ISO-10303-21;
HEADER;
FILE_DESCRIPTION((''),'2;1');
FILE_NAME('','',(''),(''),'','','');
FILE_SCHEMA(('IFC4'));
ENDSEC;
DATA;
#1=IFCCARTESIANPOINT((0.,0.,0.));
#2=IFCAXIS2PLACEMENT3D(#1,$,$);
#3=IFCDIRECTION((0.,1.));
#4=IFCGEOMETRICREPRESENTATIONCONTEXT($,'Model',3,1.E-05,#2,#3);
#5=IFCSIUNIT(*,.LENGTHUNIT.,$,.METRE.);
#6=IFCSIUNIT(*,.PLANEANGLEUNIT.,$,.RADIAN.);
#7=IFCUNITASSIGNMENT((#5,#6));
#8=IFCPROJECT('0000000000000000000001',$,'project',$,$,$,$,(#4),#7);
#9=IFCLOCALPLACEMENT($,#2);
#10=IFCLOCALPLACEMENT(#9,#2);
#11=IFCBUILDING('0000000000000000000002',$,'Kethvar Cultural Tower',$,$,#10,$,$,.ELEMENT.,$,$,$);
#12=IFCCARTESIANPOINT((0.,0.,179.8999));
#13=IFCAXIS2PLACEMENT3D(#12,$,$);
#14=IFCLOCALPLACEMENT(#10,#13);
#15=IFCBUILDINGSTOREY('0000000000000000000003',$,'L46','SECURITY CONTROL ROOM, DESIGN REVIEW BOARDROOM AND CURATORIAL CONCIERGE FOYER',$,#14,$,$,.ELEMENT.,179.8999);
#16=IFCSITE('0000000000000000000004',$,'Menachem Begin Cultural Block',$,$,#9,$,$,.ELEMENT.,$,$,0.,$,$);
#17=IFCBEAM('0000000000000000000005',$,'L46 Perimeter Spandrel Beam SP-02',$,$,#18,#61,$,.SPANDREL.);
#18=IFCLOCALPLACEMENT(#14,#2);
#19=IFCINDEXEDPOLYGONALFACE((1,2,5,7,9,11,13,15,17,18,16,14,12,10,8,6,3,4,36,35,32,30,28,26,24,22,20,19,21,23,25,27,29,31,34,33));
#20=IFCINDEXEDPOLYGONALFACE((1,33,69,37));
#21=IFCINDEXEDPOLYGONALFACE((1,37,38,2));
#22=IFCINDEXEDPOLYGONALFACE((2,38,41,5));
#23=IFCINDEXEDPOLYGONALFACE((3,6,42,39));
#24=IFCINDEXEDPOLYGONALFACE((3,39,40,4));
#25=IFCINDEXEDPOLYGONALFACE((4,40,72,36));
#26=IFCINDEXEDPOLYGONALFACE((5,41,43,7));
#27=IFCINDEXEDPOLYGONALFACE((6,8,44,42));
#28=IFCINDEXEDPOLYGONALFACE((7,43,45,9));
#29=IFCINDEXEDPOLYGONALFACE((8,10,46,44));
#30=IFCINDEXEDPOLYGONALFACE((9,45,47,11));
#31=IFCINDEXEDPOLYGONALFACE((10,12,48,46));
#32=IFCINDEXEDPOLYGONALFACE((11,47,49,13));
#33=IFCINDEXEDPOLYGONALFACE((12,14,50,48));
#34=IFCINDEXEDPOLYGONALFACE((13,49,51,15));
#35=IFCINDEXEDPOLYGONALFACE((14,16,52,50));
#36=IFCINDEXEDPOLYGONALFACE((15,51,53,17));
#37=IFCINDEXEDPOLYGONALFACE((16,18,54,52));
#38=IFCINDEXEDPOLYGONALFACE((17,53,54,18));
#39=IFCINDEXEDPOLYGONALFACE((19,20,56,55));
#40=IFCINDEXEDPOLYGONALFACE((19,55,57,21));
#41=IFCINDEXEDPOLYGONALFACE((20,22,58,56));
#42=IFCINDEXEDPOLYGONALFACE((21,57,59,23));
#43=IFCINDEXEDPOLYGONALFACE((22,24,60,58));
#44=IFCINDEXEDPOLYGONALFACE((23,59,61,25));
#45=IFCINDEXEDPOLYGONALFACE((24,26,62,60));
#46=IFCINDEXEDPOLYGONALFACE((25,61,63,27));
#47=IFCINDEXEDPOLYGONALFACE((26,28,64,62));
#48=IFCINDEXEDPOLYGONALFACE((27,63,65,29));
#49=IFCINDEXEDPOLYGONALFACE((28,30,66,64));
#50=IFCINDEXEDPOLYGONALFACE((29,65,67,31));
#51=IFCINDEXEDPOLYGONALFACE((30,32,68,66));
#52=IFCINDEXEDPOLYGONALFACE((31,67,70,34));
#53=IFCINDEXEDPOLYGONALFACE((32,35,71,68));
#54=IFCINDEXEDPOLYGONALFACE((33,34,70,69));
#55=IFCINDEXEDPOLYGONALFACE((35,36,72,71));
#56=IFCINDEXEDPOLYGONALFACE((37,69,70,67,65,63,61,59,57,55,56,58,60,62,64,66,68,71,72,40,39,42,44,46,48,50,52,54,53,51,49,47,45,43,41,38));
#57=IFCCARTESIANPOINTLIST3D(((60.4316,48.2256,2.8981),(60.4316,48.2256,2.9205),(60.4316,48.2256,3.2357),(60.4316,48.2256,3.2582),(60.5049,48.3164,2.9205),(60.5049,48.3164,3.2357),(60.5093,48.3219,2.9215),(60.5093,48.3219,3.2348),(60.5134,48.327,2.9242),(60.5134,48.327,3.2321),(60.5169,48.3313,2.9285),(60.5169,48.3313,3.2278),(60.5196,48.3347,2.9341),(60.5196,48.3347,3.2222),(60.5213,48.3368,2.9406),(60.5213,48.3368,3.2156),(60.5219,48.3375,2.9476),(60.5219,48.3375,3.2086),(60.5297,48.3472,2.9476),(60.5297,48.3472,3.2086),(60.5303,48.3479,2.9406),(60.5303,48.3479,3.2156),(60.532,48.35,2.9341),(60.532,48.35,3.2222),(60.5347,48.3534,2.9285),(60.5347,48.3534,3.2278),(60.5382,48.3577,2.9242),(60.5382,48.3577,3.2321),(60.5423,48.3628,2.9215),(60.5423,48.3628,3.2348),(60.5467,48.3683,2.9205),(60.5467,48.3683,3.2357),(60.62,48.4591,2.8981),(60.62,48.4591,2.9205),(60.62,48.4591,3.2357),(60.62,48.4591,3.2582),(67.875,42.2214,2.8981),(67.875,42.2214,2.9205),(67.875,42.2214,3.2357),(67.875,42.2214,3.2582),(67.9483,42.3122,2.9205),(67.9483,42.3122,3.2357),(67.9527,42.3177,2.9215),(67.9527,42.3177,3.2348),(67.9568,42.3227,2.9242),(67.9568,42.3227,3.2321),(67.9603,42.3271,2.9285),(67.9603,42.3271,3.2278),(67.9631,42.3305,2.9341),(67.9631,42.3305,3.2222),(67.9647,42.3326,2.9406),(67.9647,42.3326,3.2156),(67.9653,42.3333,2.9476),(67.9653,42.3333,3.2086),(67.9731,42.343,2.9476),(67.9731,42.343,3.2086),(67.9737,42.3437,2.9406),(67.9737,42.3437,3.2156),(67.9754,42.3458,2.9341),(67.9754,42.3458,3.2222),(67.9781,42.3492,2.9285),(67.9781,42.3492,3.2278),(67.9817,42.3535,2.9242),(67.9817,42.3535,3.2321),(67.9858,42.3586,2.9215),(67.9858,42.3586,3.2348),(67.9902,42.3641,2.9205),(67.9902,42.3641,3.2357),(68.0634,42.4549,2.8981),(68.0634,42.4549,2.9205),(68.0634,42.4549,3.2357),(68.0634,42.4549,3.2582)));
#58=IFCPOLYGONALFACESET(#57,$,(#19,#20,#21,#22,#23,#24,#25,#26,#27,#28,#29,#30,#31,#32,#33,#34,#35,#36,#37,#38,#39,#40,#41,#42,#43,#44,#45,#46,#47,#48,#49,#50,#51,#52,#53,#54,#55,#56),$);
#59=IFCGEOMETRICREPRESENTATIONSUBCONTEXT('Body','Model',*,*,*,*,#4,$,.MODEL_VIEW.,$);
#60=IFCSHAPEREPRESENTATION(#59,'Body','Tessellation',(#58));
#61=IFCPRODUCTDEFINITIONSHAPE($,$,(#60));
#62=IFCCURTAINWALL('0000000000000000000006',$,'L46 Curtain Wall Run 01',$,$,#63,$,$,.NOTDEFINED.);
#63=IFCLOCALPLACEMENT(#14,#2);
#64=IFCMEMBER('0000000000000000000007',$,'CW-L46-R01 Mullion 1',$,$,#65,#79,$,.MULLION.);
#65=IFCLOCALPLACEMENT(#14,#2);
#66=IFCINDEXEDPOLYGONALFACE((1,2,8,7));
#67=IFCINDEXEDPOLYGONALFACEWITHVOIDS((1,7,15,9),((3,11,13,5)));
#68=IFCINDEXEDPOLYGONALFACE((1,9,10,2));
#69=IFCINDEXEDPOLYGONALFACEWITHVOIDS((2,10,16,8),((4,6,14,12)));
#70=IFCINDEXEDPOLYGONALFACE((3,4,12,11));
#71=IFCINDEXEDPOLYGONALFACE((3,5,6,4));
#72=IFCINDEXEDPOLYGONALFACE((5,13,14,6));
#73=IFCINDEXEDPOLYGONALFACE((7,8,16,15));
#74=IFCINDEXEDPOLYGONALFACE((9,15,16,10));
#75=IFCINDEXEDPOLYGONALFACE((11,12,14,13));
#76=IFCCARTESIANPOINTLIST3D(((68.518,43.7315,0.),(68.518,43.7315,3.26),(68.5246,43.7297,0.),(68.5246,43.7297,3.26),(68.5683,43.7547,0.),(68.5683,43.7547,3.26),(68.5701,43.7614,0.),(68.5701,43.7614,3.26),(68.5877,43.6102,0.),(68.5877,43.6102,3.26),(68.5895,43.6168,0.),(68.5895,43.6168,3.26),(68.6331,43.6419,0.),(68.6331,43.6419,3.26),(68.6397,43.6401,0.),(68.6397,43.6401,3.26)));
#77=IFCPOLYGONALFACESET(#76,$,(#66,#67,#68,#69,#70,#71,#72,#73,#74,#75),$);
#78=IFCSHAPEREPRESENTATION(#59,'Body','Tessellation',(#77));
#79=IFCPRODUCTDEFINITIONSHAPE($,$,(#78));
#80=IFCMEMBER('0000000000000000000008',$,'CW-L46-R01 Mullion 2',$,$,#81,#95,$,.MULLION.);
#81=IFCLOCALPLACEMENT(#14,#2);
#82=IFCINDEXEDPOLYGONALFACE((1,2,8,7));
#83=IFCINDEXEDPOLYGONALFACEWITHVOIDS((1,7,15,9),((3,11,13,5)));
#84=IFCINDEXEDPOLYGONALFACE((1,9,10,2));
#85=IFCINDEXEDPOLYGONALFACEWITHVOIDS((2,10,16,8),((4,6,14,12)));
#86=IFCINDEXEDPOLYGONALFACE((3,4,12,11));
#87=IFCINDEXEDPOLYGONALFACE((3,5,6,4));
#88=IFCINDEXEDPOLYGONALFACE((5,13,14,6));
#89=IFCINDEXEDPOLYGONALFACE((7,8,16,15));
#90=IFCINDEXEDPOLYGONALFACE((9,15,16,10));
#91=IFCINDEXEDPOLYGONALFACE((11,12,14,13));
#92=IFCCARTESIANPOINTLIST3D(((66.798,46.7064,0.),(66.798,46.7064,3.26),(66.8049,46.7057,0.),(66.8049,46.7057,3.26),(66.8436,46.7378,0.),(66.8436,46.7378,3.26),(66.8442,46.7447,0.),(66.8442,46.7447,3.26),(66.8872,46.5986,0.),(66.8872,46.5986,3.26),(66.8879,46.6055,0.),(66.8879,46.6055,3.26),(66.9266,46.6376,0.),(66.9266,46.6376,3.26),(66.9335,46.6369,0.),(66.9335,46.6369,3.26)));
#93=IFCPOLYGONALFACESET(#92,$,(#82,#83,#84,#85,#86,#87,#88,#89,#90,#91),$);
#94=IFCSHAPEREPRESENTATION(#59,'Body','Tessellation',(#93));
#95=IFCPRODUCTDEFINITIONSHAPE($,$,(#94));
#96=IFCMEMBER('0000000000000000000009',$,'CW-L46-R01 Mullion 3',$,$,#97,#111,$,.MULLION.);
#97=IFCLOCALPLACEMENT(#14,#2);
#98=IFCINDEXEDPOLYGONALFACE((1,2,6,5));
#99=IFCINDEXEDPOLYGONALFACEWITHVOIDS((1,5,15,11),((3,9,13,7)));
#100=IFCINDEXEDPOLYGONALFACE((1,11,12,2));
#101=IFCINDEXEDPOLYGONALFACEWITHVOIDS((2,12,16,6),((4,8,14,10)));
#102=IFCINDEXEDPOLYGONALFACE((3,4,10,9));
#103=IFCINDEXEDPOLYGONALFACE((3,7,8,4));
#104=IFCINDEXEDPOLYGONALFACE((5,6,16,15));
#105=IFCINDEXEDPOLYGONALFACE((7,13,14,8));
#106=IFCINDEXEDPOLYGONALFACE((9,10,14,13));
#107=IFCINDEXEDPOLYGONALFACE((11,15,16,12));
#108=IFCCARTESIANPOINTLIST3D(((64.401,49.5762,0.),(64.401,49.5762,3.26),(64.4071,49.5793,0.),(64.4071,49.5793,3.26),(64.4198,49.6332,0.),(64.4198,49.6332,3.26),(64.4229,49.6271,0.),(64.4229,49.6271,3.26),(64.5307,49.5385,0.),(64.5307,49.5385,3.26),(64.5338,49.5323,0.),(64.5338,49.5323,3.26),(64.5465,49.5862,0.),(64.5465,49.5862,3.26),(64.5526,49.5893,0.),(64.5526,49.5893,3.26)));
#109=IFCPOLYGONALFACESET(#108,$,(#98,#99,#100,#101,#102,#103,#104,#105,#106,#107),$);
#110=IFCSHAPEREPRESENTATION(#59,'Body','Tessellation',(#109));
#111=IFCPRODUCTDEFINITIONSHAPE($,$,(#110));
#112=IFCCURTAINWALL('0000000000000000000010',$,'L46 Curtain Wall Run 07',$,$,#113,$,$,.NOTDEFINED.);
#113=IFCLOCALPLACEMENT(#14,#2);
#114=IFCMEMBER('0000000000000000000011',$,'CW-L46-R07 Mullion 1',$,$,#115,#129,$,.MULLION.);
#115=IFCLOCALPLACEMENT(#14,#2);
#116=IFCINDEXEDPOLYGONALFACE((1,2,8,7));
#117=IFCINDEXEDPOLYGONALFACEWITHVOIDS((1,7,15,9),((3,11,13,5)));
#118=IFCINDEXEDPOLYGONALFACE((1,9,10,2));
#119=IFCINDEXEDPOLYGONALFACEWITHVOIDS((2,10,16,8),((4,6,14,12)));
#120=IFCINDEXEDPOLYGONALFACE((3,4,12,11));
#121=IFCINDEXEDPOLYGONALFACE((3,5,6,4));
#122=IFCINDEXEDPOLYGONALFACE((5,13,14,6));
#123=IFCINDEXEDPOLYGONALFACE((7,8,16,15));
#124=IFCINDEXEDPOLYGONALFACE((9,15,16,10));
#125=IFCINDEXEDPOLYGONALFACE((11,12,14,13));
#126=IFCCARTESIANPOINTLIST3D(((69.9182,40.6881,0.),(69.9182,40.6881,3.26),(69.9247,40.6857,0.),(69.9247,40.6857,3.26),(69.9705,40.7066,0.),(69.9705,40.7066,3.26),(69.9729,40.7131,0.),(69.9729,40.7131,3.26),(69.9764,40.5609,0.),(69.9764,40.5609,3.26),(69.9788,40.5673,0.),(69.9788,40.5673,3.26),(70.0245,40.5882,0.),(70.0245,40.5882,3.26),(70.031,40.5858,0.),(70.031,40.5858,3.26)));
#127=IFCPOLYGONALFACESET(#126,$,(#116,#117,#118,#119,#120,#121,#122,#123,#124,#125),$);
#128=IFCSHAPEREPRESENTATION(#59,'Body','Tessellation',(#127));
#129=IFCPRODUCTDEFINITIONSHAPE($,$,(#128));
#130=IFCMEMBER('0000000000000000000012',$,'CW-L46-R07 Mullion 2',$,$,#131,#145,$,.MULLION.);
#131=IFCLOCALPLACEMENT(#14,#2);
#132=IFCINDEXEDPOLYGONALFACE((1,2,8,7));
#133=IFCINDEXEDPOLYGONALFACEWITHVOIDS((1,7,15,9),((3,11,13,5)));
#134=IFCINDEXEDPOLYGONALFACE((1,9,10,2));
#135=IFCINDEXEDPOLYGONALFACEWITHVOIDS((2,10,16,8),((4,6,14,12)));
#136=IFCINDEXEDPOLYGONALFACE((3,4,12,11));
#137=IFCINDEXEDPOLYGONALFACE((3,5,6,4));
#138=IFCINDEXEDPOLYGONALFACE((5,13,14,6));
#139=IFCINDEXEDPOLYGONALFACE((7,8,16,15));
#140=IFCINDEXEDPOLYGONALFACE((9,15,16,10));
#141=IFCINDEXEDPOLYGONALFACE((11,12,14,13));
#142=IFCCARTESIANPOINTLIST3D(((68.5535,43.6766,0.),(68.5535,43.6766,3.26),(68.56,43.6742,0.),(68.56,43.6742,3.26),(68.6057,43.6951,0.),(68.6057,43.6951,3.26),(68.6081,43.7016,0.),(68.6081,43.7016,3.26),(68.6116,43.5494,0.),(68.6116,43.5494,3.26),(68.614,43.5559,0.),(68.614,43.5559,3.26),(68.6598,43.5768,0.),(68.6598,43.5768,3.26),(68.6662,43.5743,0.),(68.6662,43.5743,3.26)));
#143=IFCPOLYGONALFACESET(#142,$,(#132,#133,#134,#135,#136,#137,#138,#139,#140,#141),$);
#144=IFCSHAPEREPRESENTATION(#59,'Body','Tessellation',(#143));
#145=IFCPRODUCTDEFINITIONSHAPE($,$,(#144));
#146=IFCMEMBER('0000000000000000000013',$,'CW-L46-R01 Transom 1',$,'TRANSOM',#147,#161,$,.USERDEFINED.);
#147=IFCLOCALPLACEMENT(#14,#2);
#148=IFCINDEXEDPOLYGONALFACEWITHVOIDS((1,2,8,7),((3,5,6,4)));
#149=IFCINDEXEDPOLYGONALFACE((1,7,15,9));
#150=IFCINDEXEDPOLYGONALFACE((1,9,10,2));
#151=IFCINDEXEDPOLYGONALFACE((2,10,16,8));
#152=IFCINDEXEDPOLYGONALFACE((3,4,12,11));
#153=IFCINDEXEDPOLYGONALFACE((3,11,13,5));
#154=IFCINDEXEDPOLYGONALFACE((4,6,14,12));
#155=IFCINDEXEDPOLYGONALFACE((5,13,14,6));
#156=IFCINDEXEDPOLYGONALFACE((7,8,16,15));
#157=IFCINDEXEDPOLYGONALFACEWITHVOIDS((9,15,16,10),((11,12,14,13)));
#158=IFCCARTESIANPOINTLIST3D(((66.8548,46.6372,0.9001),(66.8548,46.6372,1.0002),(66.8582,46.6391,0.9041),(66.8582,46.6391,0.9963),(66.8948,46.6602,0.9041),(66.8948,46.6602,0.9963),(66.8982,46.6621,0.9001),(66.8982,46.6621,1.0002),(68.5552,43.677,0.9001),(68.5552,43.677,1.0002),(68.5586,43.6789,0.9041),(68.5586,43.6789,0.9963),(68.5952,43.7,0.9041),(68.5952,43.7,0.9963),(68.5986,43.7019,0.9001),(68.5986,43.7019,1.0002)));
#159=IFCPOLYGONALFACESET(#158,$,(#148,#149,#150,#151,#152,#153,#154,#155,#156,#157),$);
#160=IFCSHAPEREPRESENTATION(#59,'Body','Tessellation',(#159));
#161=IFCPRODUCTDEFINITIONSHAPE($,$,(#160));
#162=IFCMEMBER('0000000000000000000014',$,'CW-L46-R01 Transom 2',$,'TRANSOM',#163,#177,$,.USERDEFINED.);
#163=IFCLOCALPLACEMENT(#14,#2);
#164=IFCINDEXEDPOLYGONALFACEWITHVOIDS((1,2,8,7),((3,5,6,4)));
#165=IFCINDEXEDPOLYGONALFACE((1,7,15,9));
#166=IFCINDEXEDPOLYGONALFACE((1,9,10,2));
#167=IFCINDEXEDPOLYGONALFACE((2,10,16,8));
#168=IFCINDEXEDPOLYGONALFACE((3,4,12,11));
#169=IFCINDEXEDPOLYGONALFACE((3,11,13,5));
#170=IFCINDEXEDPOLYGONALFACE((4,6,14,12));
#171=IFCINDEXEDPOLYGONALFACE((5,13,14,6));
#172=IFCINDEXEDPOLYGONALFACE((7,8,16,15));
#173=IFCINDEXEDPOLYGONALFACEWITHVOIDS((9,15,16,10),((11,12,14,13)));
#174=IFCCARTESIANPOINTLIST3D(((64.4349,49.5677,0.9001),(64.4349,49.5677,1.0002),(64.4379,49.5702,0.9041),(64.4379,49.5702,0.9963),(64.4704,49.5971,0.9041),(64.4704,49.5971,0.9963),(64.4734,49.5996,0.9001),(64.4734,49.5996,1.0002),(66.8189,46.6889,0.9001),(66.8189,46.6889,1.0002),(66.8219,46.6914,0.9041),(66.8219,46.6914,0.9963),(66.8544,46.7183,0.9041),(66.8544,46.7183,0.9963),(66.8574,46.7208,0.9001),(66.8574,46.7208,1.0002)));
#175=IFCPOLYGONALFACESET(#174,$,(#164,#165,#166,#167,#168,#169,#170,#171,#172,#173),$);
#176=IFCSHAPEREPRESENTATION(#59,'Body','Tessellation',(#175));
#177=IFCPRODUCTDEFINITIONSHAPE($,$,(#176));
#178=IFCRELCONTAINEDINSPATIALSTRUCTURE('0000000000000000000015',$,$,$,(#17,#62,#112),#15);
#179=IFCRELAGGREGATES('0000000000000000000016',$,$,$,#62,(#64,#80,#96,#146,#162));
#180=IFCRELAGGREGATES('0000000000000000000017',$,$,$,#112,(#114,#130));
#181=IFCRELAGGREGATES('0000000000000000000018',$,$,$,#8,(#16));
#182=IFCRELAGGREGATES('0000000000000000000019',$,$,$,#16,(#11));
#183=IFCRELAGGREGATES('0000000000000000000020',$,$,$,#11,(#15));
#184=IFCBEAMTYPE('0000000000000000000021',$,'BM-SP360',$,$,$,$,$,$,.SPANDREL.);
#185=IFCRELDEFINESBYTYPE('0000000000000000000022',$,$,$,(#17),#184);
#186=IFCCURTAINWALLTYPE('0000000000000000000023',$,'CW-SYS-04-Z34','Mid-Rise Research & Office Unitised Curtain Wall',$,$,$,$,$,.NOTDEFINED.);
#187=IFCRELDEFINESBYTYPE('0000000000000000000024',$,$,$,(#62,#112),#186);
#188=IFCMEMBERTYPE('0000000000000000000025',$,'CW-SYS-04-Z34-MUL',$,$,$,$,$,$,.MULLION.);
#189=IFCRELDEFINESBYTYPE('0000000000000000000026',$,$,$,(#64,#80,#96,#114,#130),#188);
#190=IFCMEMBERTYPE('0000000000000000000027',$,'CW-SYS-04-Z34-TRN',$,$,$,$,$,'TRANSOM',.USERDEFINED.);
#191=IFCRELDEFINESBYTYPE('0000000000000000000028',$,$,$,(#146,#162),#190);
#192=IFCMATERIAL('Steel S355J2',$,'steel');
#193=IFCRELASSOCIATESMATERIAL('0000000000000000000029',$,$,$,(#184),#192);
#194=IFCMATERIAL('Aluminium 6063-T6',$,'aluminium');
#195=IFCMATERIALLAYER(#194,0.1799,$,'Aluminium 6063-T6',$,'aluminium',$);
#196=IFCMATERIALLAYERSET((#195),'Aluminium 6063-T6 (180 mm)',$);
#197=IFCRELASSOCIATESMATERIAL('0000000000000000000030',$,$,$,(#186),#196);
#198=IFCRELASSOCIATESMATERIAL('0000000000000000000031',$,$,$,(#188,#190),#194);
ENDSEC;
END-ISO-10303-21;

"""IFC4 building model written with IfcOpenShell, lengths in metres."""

from ifc_helpers import new_model, si_unit, direction, frame, origin, origin_2d, place, context, subcontext, project, spatial, hollow_rectangle, i_section, extrude, source, transform, mapped, material, layer, layer_set, material_profile, profile_set, type_object, element, aggregate, save


model = new_model("IFC4")

# Units and contexts
model_context = context("Model", 3, precision=1e-05, world=origin(), true_north=direction((0.0, 1.0)))
body_context = subcontext(model_context, "Body", "Model", "MODEL_VIEW")
ifc_project = project(units=[si_unit("LENGTHUNIT", "METRE"), si_unit("PLANEANGLEUNIT", "RADIAN")], contexts=[model_context])

# Site, building, storey
site_placement = place(None, origin())
site = spatial("IfcSite", under=ifc_project, at=site_placement, Name="Menachem Begin Cultural Block", CompositionType="ELEMENT", RefElevation=0.0)
building_placement = place(site_placement, origin())
building = spatial("IfcBuilding", under=site, at=building_placement, Name="Kethvar Cultural Tower", CompositionType="ELEMENT")
storey_placement = place(building_placement, frame((0.0, 0.0, 179.8999)))
storey = spatial("IfcBuildingStorey", under=building, at=storey_placement, Name="L46", Description="SECURITY CONTROL ROOM, DESIGN REVIEW BOARDROOM AND CURATORIAL CONCIERGE FOYER", CompositionType="ELEMENT", Elevation=179.8999)

# Beam
ifc_material_1 = material(Name="Steel S355J2", Category="steel")
ifc_material_profile_1 = material_profile(ifc_material_1, i_section(OverallWidth=0.3, OverallDepth=0.3601, WebThickness=0.0125, FlangeThickness=0.0225, FilletRadius=0.0271, at=origin_2d()), Name="Steel S355J2 — HEB360")
ifc_profile_set_1 = profile_set([ifc_material_profile_1], Name="Steel S355J2 — HEB360")
beam_type = type_object("IfcBeamType", Name="BM-SP360", PredefinedType="SPANDREL", material=ifc_profile_set_1)
shared_shape_1 = source(origin(), body_context, "Body", "SweptSolid", [
    extrude(i_section(OverallWidth=0.3, OverallDepth=0.3601, WebThickness=0.0125, FlangeThickness=0.0225, FilletRadius=0.0271, at=origin_2d()), origin(), (0.0, 0.0, 1.0), 9.5632),
])
beam_placement = place(storey_placement, frame((67.9692, 42.3381, 3.0781), z_axis=(-0.778339, 0.627844, 0.0), x_axis=(-0.627844, -0.778339, 0.0)))
element("IfcBeam", 1, at=beam_placement, inside=storey, type_object=beam_type, Name="L46 Perimeter Spandrel Beam SP-02", PredefinedType="SPANDREL", context=body_context, shape_type="MappedRepresentation", body=[
    mapped(shared_shape_1, transform((0.0, 0.0, 0.0), scale=1.0)),
])

# Curtain walls, members
ifc_material_2 = material(Name="Aluminium 6063-T6", Category="aluminium")
ifc_layer_1 = layer(ifc_material_2, 0.1799, Name="Aluminium 6063-T6", Category="aluminium")
ifc_layer_set_1 = layer_set([ifc_layer_1], Name="Aluminium 6063-T6 (180 mm)")
curtain_wall_type = type_object("IfcCurtainWallType", Name="CW-SYS-04-Z34", Description="Mid-Rise Research & Office Unitised Curtain Wall", PredefinedType="NOTDEFINED", material=ifc_layer_set_1)
curtain_wall_1_placement = place(storey_placement, origin())
curtain_wall_1 = element("IfcCurtainWall", 2, at=curtain_wall_1_placement, inside=storey, type_object=curtain_wall_type, Name="L46 Curtain Wall Run 01", PredefinedType="NOTDEFINED")
ifc_material_profile_2 = material_profile(ifc_material_2, hollow_rectangle(XDim=0.0601, YDim=0.1399, WallThickness=0.0049, at=origin_2d()), Name="Aluminium 6063-T6 — RHS140x60x5")
ifc_profile_set_2 = profile_set([ifc_material_profile_2], Name="Aluminium 6063-T6 — RHS140x60x5")
member_type_1 = type_object("IfcMemberType", Name="CW-SYS-04-Z34-MUL", PredefinedType="MULLION", material=ifc_profile_set_2)
shared_shape_2 = source(origin(), body_context, "Body", "SweptSolid", [
    extrude(hollow_rectangle(XDim=0.0601, YDim=0.1399, WallThickness=0.0049, at=origin_2d()), origin(), (0.0, 0.0, 1.0), 3.26),
])
member_1_placement = place(storey_placement, frame((68.5789, 43.6858, 0.0), z_axis=(0.0, 0.0, 1.0), x_axis=(-0.86714, -0.498064, 0.0)))
member_1 = element("IfcMember", 3, at=member_1_placement, type_object=member_type_1, Name="CW-L46-R01 Mullion 1", PredefinedType="MULLION", context=body_context, shape_type="MappedRepresentation", body=[
    mapped(shared_shape_2, transform((0.0, 0.0, 0.0), scale=1.0)),
])
member_2_placement = place(storey_placement, frame((66.8657, 46.6716, 0.0), z_axis=(0.0, 0.0, 1.0), x_axis=(-0.770213, -0.637787, 0.0)))
member_2 = element("IfcMember", 4, at=member_2_placement, type_object=member_type_1, Name="CW-L46-R01 Mullion 2", PredefinedType="MULLION", context=body_context, shape_type="MappedRepresentation", body=[
    mapped(shared_shape_2, transform((0.0, 0.0, 0.0), scale=1.0)),
])
member_3_placement = place(storey_placement, frame((64.4768, 49.5828, 0.0), z_axis=(0.0, 0.0, 1.0), x_axis=(-0.313794, -0.949491, 0.0)))
member_3 = element("IfcMember", 5, at=member_3_placement, type_object=member_type_1, Name="CW-L46-R01 Mullion 3", PredefinedType="MULLION", context=body_context, shape_type="MappedRepresentation", body=[
    mapped(shared_shape_2, transform((0.0, 0.0, 0.0), scale=1.0)),
])
curtain_wall_2_placement = place(storey_placement, origin())
curtain_wall_2 = element("IfcCurtainWall", 6, at=curtain_wall_2_placement, inside=storey, type_object=curtain_wall_type, Name="L46 Curtain Wall Run 07", PredefinedType="NOTDEFINED")
member_4_placement = place(storey_placement, frame((69.9746, 40.637, 0.0), z_axis=(0.0, 0.0, 1.0), x_axis=(-0.909621, -0.41544, 0.0)))
member_4 = element("IfcMember", 7, at=member_4_placement, type_object=member_type_1, Name="CW-L46-R07 Mullion 1", PredefinedType="MULLION", context=body_context, shape_type="MappedRepresentation", body=[
    mapped(shared_shape_2, transform((0.0, 0.0, 0.0), scale=1.0)),
])
member_5_placement = place(storey_placement, frame((68.6099, 43.6255, 0.0), z_axis=(0.0, 0.0, 1.0), x_axis=(-0.909621, -0.41544, 0.0)))
member_5 = element("IfcMember", 8, at=member_5_placement, type_object=member_type_1, Name="CW-L46-R07 Mullion 2", PredefinedType="MULLION", context=body_context, shape_type="MappedRepresentation", body=[
    mapped(shared_shape_2, transform((0.0, 0.0, 0.0), scale=1.0)),
])

# Members
ifc_material_profile_3 = material_profile(ifc_material_2, hollow_rectangle(XDim=0.05, YDim=0.1001, WallThickness=0.0039, at=origin_2d()), Name="Aluminium 6063-T6 — RHS100x50x4")
ifc_profile_set_3 = profile_set([ifc_material_profile_3], Name="Aluminium 6063-T6 — RHS100x50x4")
member_type_2 = type_object("IfcMemberType", Name="CW-SYS-04-Z34-TRN", ElementType="TRANSOM", PredefinedType="USERDEFINED", material=ifc_profile_set_3)
shared_shape_3 = source(origin(), body_context, "Body", "SweptSolid", [
    extrude(hollow_rectangle(XDim=0.05, YDim=0.1001, WallThickness=0.0039, at=origin_2d()), origin(), (0.0, 0.0, 1.0), 3.4138),
])
member_6_placement = place(storey_placement, frame((68.5769, 43.6895, 0.9502), z_axis=(-0.498102, 0.867119, 0.0), x_axis=(-0.867119, -0.498102, 0.0)))
member_6 = element("IfcMember", 9, at=member_6_placement, type_object=member_type_2, Name="CW-L46-R01 Transom 1", ObjectType="TRANSOM", PredefinedType="USERDEFINED", context=body_context, shape_type="MappedRepresentation", body=[
    mapped(shared_shape_3, transform((0.0, 0.0, 0.0), scale=1.0)),
])
shared_shape_4 = source(origin(), body_context, "Body", "SweptSolid", [
    extrude(hollow_rectangle(XDim=0.05, YDim=0.1001, WallThickness=0.0039, at=origin_2d()), origin(), (0.0, 0.0, 1.0), 3.7378),
])
member_7_placement = place(storey_placement, frame((66.8381, 46.7048, 0.9502), z_axis=(-0.637804, 0.770198, 0.0), x_axis=(-0.770198, -0.637804, 0.0)))
member_7 = element("IfcMember", 10, at=member_7_placement, type_object=member_type_2, Name="CW-L46-R01 Transom 2", ObjectType="TRANSOM", PredefinedType="USERDEFINED", context=body_context, shape_type="MappedRepresentation", body=[
    mapped(shared_shape_4, transform((0.0, 0.0, 0.0), scale=1.0)),
])

aggregate(curtain_wall_1, [member_1, member_2, member_3, member_6, member_7])
aggregate(curtain_wall_2, [member_4, member_5])

save(model, "model.ifc")
